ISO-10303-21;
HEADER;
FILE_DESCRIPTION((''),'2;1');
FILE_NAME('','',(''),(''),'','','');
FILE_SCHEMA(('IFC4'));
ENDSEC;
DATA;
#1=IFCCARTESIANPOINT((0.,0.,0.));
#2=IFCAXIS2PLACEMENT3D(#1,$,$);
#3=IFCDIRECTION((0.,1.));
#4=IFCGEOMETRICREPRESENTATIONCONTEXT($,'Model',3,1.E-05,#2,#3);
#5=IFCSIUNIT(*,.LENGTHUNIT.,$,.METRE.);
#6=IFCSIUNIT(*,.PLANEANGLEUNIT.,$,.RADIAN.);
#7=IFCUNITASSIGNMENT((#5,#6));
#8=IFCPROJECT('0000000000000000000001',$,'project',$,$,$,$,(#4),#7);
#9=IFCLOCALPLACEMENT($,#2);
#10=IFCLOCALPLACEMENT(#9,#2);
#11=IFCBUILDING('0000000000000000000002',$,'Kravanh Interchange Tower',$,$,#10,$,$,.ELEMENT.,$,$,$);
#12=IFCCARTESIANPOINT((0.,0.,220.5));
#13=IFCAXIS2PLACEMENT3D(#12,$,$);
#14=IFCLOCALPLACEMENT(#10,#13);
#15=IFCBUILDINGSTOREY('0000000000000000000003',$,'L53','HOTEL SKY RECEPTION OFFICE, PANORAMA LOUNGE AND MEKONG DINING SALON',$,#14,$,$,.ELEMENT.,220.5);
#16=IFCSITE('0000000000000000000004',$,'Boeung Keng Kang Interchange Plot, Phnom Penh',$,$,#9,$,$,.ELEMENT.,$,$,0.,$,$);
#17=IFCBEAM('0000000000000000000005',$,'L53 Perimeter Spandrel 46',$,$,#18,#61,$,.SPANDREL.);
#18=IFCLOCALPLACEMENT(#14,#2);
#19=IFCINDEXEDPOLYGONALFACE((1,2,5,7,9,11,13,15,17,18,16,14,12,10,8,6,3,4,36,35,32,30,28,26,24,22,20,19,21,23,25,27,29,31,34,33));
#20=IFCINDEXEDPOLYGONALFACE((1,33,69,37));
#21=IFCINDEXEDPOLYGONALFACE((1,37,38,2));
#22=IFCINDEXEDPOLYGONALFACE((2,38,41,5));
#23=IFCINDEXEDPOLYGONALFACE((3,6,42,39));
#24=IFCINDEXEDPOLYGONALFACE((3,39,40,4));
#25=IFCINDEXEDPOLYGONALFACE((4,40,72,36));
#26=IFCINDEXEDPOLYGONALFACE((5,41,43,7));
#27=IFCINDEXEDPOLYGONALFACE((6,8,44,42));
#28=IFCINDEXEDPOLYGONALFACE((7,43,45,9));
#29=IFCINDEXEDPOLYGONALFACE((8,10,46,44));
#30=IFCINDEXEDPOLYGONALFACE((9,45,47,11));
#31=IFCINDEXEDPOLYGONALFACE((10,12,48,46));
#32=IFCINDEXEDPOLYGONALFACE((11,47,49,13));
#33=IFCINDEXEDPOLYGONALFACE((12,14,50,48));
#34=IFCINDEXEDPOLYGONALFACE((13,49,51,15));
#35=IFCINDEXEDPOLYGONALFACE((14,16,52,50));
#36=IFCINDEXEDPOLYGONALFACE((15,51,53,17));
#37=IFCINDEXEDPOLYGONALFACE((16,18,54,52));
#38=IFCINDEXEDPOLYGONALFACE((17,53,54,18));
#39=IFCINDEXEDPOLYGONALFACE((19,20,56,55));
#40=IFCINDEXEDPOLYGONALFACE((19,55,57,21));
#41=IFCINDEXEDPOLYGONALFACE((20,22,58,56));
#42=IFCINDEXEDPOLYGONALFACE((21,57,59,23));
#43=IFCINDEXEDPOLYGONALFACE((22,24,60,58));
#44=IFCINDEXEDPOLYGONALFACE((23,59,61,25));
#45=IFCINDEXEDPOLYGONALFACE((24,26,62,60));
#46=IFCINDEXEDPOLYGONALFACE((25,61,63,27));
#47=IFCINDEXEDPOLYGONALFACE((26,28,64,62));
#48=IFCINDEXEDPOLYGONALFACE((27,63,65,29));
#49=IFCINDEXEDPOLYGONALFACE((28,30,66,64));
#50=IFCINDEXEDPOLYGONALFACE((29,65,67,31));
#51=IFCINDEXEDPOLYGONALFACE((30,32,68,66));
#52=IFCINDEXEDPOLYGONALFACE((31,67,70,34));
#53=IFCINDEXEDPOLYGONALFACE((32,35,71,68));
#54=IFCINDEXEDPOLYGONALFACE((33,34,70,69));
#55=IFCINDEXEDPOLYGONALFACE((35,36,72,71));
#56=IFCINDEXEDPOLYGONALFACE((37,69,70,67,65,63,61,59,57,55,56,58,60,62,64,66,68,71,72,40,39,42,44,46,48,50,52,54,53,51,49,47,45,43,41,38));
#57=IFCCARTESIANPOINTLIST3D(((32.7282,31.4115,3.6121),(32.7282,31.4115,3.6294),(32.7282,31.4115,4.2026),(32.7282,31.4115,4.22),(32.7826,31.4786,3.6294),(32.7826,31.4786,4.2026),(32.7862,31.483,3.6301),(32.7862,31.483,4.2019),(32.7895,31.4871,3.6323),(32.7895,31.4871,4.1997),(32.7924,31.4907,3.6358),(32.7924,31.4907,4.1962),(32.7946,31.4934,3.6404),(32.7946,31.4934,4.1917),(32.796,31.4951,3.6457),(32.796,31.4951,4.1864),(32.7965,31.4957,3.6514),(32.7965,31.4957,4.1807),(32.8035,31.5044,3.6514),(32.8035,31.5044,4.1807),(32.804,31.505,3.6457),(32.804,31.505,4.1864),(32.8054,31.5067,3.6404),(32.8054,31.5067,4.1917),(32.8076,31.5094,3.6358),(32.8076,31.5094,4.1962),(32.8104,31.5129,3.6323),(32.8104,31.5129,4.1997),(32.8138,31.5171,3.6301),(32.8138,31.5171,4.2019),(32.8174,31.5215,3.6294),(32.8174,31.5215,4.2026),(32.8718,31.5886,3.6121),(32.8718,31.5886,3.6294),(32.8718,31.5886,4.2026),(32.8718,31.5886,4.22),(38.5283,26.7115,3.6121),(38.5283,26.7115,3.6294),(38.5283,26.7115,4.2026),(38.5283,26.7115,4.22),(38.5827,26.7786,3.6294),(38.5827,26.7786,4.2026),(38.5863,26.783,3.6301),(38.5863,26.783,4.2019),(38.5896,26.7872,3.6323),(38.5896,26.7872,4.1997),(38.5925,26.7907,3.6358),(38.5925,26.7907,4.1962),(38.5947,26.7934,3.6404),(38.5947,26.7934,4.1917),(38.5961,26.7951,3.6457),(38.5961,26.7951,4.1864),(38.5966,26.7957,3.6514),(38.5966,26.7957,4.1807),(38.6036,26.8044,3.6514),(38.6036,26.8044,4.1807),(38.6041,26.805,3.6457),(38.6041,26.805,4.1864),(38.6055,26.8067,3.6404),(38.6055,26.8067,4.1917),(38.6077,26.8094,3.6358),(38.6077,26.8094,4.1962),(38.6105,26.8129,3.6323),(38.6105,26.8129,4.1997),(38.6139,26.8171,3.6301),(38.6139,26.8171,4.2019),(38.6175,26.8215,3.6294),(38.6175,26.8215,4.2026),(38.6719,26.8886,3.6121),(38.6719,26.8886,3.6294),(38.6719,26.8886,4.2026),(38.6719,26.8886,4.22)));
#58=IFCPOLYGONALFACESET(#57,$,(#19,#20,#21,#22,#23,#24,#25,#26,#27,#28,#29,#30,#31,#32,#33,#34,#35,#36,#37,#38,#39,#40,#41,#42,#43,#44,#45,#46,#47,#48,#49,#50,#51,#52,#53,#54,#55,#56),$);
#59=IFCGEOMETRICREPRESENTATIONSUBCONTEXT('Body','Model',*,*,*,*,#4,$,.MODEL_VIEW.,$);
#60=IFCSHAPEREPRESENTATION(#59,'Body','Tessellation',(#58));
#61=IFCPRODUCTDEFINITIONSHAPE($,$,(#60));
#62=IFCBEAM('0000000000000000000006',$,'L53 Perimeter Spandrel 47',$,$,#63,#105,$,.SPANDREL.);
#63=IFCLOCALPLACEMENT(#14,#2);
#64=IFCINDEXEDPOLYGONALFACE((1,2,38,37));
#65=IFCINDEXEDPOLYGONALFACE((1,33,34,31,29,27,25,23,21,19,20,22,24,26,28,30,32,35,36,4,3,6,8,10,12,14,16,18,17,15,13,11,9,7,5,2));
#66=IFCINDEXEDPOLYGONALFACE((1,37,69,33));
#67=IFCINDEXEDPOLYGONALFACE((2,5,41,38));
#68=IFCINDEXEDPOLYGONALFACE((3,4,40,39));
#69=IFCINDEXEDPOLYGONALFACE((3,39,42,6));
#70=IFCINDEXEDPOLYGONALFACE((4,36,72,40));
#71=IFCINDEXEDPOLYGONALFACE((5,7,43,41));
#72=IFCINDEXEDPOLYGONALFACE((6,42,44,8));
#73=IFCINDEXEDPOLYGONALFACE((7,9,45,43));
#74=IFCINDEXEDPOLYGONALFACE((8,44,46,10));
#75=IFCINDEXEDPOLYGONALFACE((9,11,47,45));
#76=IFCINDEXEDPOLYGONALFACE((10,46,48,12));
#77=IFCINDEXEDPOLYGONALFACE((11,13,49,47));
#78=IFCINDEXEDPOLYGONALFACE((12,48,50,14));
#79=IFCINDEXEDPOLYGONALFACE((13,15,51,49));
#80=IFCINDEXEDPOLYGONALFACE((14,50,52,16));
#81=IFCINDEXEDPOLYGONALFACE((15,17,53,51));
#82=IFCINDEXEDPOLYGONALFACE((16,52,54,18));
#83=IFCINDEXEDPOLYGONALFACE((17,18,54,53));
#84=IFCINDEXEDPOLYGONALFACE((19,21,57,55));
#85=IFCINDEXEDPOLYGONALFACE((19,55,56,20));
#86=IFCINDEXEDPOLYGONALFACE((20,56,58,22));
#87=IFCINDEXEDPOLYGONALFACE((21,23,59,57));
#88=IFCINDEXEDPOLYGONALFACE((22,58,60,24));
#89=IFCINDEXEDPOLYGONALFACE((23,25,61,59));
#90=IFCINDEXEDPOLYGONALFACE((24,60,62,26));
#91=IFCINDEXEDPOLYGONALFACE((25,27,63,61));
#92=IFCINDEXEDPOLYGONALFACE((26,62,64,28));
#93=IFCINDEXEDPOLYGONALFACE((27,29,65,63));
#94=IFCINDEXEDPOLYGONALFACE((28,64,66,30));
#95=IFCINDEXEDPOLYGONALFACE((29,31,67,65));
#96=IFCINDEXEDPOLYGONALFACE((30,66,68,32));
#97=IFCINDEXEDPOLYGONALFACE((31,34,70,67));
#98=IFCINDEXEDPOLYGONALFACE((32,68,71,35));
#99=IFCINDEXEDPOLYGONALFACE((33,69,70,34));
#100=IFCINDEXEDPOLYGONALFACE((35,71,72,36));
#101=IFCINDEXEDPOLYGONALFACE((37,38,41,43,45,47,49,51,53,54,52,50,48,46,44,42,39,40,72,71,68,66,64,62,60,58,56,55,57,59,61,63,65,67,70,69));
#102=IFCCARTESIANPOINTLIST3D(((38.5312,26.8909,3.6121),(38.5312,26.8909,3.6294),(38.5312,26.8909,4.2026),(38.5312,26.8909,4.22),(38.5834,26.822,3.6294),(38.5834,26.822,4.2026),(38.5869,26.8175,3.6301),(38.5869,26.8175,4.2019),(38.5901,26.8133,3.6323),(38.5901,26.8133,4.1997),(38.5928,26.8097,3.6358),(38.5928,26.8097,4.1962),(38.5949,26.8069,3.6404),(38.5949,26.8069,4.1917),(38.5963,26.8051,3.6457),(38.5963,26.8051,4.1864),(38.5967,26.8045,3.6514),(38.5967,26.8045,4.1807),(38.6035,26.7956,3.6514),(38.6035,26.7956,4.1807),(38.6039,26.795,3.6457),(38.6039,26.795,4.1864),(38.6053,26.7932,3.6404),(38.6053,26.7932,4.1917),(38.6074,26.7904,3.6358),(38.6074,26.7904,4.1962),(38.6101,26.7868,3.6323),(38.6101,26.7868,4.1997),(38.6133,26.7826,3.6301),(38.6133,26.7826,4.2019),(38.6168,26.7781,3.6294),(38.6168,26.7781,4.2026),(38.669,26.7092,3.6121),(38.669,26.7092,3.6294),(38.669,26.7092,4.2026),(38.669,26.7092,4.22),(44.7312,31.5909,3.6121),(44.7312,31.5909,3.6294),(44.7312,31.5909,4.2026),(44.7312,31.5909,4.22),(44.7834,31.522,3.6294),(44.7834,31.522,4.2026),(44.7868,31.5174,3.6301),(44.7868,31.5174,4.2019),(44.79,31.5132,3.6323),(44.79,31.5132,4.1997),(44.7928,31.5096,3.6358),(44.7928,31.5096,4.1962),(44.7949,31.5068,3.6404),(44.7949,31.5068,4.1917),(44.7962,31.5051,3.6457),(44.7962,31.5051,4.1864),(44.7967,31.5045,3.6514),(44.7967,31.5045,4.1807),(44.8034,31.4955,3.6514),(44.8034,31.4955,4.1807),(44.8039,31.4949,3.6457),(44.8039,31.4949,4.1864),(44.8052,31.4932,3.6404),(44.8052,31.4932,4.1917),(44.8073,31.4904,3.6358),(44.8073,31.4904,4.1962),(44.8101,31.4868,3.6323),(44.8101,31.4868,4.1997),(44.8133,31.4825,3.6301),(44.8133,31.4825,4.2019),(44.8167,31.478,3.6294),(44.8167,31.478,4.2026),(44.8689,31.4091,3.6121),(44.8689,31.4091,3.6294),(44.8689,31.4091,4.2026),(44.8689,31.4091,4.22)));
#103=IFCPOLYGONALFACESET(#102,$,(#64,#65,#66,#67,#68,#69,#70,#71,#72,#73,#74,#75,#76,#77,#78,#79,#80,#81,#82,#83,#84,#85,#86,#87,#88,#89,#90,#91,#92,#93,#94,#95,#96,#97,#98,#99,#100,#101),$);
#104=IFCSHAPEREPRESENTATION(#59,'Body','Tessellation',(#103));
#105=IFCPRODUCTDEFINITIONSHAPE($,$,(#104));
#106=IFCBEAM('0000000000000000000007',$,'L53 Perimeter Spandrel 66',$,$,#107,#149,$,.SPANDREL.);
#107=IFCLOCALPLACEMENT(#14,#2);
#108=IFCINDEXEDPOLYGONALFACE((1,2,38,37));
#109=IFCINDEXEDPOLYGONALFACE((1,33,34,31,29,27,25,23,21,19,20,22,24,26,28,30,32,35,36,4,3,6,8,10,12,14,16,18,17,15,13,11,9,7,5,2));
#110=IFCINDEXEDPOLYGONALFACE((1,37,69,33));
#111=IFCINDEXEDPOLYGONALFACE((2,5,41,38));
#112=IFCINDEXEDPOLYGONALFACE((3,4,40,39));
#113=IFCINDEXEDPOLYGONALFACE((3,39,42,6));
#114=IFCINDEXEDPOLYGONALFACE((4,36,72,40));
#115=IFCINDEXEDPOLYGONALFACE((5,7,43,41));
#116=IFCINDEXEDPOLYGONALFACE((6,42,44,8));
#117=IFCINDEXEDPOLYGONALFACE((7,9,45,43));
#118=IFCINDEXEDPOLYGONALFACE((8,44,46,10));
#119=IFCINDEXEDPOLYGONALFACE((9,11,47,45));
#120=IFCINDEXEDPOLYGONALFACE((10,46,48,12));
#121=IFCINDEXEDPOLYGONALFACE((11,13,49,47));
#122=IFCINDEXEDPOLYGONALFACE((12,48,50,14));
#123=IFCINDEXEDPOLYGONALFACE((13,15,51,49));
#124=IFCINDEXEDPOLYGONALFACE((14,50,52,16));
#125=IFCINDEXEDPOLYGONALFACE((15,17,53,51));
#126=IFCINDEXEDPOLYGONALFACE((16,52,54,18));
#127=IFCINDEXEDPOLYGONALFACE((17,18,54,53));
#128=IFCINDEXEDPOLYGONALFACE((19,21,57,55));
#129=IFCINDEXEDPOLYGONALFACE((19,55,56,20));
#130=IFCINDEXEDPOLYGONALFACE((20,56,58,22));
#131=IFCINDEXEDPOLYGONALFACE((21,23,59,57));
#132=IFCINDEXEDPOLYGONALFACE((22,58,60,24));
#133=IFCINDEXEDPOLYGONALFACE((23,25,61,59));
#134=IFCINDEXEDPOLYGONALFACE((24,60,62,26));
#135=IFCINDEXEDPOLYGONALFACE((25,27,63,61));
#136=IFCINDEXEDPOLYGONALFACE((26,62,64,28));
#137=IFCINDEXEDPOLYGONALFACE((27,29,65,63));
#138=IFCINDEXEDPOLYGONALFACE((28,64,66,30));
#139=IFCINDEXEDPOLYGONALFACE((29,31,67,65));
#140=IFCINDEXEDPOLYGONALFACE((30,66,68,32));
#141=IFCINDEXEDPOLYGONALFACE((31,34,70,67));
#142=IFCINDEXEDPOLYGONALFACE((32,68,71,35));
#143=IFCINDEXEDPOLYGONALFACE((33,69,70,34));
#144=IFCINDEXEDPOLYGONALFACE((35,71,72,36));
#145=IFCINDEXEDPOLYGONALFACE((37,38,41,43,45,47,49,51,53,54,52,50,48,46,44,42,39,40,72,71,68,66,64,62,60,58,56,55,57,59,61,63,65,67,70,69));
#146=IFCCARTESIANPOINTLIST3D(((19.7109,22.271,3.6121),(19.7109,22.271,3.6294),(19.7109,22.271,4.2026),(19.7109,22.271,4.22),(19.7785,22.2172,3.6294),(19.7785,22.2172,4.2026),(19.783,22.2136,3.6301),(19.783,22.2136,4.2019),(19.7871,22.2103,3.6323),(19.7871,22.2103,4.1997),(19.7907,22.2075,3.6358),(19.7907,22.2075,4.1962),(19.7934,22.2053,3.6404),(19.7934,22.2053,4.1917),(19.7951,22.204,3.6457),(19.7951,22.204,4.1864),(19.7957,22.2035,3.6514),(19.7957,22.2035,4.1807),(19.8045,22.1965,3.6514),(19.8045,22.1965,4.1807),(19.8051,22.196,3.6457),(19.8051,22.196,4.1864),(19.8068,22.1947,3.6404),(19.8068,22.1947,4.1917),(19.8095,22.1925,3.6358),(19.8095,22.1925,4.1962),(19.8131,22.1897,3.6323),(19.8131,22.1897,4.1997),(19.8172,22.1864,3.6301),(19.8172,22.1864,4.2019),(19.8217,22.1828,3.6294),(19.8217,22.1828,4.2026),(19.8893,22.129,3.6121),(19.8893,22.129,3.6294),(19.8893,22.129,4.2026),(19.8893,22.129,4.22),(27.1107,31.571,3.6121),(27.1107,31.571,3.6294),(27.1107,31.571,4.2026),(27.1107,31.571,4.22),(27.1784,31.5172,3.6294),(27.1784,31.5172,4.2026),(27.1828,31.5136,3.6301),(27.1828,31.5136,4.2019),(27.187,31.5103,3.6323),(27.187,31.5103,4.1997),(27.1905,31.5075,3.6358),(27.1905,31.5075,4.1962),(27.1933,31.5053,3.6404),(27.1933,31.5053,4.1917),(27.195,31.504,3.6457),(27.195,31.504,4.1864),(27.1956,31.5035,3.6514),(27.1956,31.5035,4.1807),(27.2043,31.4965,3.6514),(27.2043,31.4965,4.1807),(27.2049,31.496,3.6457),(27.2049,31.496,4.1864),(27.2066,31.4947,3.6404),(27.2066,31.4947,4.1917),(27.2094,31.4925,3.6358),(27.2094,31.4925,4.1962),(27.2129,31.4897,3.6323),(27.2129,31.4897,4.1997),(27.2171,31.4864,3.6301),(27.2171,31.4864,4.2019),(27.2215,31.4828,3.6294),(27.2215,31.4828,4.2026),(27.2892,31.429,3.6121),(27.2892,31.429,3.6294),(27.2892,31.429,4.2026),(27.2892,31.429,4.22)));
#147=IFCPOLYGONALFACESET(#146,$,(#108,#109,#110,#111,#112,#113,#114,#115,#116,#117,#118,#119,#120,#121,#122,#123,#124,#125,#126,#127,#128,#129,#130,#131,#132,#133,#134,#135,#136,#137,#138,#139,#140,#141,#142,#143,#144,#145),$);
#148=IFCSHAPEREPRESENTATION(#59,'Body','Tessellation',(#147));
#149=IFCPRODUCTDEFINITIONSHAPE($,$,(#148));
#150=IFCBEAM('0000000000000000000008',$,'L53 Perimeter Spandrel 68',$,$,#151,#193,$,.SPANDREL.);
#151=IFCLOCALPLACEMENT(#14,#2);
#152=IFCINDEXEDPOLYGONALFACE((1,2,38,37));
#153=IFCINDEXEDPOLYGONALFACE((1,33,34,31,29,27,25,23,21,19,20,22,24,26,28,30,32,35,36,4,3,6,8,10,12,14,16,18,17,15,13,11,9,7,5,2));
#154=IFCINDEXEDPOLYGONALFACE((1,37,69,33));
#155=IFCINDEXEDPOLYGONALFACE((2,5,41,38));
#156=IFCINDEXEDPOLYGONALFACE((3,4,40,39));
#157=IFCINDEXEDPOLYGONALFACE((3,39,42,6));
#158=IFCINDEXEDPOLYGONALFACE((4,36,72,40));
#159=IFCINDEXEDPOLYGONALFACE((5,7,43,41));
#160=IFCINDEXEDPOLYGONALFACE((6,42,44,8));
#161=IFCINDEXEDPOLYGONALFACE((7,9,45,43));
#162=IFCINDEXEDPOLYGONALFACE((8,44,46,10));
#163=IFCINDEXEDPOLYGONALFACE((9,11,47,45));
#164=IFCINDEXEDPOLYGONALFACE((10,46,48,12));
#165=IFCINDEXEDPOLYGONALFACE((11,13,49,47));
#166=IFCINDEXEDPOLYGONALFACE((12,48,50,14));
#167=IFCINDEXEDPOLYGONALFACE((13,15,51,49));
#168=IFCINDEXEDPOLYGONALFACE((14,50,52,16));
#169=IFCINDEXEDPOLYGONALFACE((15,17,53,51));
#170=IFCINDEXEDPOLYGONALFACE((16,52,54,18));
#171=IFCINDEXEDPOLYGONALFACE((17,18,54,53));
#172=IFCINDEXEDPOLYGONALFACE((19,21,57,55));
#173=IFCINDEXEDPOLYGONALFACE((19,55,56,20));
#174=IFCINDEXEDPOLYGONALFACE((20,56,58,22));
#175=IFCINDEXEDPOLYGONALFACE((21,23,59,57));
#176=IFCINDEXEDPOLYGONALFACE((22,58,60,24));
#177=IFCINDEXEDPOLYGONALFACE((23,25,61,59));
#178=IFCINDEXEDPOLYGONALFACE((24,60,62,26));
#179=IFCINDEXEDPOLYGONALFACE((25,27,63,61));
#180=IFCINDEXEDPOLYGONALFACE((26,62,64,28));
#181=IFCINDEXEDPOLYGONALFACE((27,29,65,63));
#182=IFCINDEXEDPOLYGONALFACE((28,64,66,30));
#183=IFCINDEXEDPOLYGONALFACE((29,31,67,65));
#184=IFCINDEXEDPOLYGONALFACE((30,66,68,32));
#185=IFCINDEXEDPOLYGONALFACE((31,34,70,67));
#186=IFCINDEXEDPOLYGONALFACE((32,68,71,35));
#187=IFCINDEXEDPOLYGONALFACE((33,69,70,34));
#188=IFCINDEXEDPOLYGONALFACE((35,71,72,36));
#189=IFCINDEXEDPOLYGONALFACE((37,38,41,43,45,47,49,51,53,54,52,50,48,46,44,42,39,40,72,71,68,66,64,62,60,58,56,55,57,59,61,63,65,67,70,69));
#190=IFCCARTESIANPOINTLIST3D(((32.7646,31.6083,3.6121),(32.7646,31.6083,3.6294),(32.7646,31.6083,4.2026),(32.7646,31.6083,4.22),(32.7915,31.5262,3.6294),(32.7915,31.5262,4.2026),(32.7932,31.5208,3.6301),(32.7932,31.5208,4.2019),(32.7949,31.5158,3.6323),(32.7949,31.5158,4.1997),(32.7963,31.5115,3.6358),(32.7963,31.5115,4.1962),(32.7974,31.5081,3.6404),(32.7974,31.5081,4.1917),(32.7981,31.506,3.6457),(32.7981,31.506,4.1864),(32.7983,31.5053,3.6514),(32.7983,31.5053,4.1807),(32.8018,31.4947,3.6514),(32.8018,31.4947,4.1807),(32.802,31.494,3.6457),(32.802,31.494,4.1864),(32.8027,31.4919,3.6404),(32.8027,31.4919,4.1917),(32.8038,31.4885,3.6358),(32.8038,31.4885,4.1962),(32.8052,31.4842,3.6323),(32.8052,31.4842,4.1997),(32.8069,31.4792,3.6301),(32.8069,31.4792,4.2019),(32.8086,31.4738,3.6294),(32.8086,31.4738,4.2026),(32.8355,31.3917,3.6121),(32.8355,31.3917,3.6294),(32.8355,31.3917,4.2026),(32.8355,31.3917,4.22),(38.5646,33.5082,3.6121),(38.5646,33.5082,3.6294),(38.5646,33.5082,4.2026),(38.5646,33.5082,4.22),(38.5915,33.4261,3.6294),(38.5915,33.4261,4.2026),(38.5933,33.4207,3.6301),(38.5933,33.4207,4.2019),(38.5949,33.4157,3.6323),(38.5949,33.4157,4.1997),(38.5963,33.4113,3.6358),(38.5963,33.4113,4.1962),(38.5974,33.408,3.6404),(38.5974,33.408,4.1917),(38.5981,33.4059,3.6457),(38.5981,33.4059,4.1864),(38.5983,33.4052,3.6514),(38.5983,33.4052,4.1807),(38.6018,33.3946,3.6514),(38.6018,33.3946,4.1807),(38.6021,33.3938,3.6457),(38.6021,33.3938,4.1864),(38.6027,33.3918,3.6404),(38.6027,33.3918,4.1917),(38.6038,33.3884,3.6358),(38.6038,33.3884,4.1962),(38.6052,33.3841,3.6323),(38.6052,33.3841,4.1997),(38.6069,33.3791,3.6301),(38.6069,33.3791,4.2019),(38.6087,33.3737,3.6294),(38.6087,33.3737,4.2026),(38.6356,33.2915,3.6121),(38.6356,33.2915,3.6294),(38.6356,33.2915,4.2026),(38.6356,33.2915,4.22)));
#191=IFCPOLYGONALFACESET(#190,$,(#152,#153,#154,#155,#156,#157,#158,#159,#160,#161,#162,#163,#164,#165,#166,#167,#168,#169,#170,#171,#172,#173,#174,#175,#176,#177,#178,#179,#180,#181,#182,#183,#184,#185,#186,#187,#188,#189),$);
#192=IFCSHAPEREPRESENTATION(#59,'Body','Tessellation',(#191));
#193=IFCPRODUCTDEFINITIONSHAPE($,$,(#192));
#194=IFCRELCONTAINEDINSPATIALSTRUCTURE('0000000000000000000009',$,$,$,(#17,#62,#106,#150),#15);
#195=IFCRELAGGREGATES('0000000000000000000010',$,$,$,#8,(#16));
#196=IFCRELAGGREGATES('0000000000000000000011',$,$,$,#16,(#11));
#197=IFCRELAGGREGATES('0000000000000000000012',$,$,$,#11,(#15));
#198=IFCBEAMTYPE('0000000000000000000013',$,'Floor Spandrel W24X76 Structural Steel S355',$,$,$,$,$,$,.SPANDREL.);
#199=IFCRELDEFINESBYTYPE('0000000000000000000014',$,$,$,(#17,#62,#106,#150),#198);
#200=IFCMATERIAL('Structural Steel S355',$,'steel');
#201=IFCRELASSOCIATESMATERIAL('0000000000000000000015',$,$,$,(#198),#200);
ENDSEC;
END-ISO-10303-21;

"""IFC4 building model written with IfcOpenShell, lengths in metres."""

from ifc_helpers import new_model, si_unit, direction, frame, origin, origin_2d, place, context, subcontext, project, spatial, i_section, extrude, material, material_profile, profile_set, type_object, element, save


model = new_model("IFC4")

# Units and contexts
model_context = context("Model", 3, precision=1e-05, world=origin(), true_north=direction((0.0, 1.0)))
body_context = subcontext(model_context, "Body", "Model", "MODEL_VIEW")
ifc_project = project(units=[si_unit("LENGTHUNIT", "METRE"), si_unit("PLANEANGLEUNIT", "RADIAN")], contexts=[model_context])

# Site, building, storey
site_placement = place(None, origin())
site = spatial("IfcSite", under=ifc_project, at=site_placement, Name="Boeung Keng Kang Interchange Plot, Phnom Penh", CompositionType="ELEMENT", RefElevation=0.0)
building_placement = place(site_placement, origin())
building = spatial("IfcBuilding", under=site, at=building_placement, Name="Kravanh Interchange Tower", CompositionType="ELEMENT")
storey_placement = place(building_placement, frame((0.0, 0.0, 220.5)))
storey = spatial("IfcBuildingStorey", under=building, at=storey_placement, Name="L53", Description="HOTEL SKY RECEPTION OFFICE, PANORAMA LOUNGE AND MEKONG DINING SALON", CompositionType="ELEMENT", Elevation=220.5)

# Beams
ifc_material_1 = material(Name="Structural Steel S355", Category="steel")
ifc_material_profile_1 = material_profile(ifc_material_1, i_section(OverallWidth=0.228, OverallDepth=0.6079, WebThickness=0.0112, FlangeThickness=0.0173, FilletRadius=0.022, at=origin_2d()), Name="W24X76")
ifc_profile_set_1 = profile_set([ifc_material_profile_1], Name="Structural Steel S355")
beam_type_1 = type_object("IfcBeamType", Name="Floor Spandrel W24X76 Structural Steel S355", PredefinedType="SPANDREL", material=ifc_profile_set_1)
beam_1_placement = place(storey_placement, frame((38.6001, 26.8, 3.916), z_axis=(-0.776939, 0.629576, 0.0), x_axis=(-0.629576, -0.776939, 0.0)))
element("IfcBeam", 1, at=beam_1_placement, inside=storey, type_object=beam_type_1, Name="L53 Perimeter Spandrel 46", PredefinedType="SPANDREL", context=body_context, shape_type="SweptSolid", body=[
    extrude(i_section(OverallWidth=0.228, OverallDepth=0.6079, WebThickness=0.0112, FlangeThickness=0.0173, FilletRadius=0.022, at=origin_2d()), origin(), (0.0, 0.0, 1.0), 7.4653),
])
beam_2_placement = place(storey_placement, frame((38.6001, 26.8, 3.916), z_axis=(0.796905, 0.604104, 0.0), x_axis=(-0.604104, 0.796905, 0.0)))
element("IfcBeam", 2, at=beam_2_placement, inside=storey, type_object=beam_type_1, Name="L53 Perimeter Spandrel 47", PredefinedType="SPANDREL", context=body_context, shape_type="SweptSolid", body=[
    extrude(i_section(OverallWidth=0.228, OverallDepth=0.6079, WebThickness=0.0112, FlangeThickness=0.0173, FilletRadius=0.022, at=origin_2d()), origin(), (0.0, 0.0, 1.0), 7.78),
])
beam_3_placement = place(storey_placement, frame((27.2, 31.5, 3.916), z_axis=(-0.622634, -0.782513, 0.0), x_axis=(0.782513, -0.622634, 0.0)))
element("IfcBeam", 3, at=beam_3_placement, inside=storey, type_object=beam_type_1, Name="L53 Perimeter Spandrel 66", PredefinedType="SPANDREL", context=body_context, shape_type="SweptSolid", body=[
    extrude(i_section(OverallWidth=0.228, OverallDepth=0.6079, WebThickness=0.0112, FlangeThickness=0.0173, FilletRadius=0.022, at=origin_2d()), origin(), (0.0, 0.0, 1.0), 11.8848),
])
beam_4_placement = place(storey_placement, frame((32.8, 31.5, 3.916), z_axis=(0.950315, 0.311291, 0.0), x_axis=(-0.311291, 0.950315, 0.0)))
element("IfcBeam", 4, at=beam_4_placement, inside=storey, type_object=beam_type_1, Name="L53 Perimeter Spandrel 68", PredefinedType="SPANDREL", context=body_context, shape_type="SweptSolid", body=[
    extrude(i_section(OverallWidth=0.228, OverallDepth=0.6079, WebThickness=0.0112, FlangeThickness=0.0173, FilletRadius=0.022, at=origin_2d()), origin(), (0.0, 0.0, 1.0), 6.1033),
])

save(model, "model.ifc")
